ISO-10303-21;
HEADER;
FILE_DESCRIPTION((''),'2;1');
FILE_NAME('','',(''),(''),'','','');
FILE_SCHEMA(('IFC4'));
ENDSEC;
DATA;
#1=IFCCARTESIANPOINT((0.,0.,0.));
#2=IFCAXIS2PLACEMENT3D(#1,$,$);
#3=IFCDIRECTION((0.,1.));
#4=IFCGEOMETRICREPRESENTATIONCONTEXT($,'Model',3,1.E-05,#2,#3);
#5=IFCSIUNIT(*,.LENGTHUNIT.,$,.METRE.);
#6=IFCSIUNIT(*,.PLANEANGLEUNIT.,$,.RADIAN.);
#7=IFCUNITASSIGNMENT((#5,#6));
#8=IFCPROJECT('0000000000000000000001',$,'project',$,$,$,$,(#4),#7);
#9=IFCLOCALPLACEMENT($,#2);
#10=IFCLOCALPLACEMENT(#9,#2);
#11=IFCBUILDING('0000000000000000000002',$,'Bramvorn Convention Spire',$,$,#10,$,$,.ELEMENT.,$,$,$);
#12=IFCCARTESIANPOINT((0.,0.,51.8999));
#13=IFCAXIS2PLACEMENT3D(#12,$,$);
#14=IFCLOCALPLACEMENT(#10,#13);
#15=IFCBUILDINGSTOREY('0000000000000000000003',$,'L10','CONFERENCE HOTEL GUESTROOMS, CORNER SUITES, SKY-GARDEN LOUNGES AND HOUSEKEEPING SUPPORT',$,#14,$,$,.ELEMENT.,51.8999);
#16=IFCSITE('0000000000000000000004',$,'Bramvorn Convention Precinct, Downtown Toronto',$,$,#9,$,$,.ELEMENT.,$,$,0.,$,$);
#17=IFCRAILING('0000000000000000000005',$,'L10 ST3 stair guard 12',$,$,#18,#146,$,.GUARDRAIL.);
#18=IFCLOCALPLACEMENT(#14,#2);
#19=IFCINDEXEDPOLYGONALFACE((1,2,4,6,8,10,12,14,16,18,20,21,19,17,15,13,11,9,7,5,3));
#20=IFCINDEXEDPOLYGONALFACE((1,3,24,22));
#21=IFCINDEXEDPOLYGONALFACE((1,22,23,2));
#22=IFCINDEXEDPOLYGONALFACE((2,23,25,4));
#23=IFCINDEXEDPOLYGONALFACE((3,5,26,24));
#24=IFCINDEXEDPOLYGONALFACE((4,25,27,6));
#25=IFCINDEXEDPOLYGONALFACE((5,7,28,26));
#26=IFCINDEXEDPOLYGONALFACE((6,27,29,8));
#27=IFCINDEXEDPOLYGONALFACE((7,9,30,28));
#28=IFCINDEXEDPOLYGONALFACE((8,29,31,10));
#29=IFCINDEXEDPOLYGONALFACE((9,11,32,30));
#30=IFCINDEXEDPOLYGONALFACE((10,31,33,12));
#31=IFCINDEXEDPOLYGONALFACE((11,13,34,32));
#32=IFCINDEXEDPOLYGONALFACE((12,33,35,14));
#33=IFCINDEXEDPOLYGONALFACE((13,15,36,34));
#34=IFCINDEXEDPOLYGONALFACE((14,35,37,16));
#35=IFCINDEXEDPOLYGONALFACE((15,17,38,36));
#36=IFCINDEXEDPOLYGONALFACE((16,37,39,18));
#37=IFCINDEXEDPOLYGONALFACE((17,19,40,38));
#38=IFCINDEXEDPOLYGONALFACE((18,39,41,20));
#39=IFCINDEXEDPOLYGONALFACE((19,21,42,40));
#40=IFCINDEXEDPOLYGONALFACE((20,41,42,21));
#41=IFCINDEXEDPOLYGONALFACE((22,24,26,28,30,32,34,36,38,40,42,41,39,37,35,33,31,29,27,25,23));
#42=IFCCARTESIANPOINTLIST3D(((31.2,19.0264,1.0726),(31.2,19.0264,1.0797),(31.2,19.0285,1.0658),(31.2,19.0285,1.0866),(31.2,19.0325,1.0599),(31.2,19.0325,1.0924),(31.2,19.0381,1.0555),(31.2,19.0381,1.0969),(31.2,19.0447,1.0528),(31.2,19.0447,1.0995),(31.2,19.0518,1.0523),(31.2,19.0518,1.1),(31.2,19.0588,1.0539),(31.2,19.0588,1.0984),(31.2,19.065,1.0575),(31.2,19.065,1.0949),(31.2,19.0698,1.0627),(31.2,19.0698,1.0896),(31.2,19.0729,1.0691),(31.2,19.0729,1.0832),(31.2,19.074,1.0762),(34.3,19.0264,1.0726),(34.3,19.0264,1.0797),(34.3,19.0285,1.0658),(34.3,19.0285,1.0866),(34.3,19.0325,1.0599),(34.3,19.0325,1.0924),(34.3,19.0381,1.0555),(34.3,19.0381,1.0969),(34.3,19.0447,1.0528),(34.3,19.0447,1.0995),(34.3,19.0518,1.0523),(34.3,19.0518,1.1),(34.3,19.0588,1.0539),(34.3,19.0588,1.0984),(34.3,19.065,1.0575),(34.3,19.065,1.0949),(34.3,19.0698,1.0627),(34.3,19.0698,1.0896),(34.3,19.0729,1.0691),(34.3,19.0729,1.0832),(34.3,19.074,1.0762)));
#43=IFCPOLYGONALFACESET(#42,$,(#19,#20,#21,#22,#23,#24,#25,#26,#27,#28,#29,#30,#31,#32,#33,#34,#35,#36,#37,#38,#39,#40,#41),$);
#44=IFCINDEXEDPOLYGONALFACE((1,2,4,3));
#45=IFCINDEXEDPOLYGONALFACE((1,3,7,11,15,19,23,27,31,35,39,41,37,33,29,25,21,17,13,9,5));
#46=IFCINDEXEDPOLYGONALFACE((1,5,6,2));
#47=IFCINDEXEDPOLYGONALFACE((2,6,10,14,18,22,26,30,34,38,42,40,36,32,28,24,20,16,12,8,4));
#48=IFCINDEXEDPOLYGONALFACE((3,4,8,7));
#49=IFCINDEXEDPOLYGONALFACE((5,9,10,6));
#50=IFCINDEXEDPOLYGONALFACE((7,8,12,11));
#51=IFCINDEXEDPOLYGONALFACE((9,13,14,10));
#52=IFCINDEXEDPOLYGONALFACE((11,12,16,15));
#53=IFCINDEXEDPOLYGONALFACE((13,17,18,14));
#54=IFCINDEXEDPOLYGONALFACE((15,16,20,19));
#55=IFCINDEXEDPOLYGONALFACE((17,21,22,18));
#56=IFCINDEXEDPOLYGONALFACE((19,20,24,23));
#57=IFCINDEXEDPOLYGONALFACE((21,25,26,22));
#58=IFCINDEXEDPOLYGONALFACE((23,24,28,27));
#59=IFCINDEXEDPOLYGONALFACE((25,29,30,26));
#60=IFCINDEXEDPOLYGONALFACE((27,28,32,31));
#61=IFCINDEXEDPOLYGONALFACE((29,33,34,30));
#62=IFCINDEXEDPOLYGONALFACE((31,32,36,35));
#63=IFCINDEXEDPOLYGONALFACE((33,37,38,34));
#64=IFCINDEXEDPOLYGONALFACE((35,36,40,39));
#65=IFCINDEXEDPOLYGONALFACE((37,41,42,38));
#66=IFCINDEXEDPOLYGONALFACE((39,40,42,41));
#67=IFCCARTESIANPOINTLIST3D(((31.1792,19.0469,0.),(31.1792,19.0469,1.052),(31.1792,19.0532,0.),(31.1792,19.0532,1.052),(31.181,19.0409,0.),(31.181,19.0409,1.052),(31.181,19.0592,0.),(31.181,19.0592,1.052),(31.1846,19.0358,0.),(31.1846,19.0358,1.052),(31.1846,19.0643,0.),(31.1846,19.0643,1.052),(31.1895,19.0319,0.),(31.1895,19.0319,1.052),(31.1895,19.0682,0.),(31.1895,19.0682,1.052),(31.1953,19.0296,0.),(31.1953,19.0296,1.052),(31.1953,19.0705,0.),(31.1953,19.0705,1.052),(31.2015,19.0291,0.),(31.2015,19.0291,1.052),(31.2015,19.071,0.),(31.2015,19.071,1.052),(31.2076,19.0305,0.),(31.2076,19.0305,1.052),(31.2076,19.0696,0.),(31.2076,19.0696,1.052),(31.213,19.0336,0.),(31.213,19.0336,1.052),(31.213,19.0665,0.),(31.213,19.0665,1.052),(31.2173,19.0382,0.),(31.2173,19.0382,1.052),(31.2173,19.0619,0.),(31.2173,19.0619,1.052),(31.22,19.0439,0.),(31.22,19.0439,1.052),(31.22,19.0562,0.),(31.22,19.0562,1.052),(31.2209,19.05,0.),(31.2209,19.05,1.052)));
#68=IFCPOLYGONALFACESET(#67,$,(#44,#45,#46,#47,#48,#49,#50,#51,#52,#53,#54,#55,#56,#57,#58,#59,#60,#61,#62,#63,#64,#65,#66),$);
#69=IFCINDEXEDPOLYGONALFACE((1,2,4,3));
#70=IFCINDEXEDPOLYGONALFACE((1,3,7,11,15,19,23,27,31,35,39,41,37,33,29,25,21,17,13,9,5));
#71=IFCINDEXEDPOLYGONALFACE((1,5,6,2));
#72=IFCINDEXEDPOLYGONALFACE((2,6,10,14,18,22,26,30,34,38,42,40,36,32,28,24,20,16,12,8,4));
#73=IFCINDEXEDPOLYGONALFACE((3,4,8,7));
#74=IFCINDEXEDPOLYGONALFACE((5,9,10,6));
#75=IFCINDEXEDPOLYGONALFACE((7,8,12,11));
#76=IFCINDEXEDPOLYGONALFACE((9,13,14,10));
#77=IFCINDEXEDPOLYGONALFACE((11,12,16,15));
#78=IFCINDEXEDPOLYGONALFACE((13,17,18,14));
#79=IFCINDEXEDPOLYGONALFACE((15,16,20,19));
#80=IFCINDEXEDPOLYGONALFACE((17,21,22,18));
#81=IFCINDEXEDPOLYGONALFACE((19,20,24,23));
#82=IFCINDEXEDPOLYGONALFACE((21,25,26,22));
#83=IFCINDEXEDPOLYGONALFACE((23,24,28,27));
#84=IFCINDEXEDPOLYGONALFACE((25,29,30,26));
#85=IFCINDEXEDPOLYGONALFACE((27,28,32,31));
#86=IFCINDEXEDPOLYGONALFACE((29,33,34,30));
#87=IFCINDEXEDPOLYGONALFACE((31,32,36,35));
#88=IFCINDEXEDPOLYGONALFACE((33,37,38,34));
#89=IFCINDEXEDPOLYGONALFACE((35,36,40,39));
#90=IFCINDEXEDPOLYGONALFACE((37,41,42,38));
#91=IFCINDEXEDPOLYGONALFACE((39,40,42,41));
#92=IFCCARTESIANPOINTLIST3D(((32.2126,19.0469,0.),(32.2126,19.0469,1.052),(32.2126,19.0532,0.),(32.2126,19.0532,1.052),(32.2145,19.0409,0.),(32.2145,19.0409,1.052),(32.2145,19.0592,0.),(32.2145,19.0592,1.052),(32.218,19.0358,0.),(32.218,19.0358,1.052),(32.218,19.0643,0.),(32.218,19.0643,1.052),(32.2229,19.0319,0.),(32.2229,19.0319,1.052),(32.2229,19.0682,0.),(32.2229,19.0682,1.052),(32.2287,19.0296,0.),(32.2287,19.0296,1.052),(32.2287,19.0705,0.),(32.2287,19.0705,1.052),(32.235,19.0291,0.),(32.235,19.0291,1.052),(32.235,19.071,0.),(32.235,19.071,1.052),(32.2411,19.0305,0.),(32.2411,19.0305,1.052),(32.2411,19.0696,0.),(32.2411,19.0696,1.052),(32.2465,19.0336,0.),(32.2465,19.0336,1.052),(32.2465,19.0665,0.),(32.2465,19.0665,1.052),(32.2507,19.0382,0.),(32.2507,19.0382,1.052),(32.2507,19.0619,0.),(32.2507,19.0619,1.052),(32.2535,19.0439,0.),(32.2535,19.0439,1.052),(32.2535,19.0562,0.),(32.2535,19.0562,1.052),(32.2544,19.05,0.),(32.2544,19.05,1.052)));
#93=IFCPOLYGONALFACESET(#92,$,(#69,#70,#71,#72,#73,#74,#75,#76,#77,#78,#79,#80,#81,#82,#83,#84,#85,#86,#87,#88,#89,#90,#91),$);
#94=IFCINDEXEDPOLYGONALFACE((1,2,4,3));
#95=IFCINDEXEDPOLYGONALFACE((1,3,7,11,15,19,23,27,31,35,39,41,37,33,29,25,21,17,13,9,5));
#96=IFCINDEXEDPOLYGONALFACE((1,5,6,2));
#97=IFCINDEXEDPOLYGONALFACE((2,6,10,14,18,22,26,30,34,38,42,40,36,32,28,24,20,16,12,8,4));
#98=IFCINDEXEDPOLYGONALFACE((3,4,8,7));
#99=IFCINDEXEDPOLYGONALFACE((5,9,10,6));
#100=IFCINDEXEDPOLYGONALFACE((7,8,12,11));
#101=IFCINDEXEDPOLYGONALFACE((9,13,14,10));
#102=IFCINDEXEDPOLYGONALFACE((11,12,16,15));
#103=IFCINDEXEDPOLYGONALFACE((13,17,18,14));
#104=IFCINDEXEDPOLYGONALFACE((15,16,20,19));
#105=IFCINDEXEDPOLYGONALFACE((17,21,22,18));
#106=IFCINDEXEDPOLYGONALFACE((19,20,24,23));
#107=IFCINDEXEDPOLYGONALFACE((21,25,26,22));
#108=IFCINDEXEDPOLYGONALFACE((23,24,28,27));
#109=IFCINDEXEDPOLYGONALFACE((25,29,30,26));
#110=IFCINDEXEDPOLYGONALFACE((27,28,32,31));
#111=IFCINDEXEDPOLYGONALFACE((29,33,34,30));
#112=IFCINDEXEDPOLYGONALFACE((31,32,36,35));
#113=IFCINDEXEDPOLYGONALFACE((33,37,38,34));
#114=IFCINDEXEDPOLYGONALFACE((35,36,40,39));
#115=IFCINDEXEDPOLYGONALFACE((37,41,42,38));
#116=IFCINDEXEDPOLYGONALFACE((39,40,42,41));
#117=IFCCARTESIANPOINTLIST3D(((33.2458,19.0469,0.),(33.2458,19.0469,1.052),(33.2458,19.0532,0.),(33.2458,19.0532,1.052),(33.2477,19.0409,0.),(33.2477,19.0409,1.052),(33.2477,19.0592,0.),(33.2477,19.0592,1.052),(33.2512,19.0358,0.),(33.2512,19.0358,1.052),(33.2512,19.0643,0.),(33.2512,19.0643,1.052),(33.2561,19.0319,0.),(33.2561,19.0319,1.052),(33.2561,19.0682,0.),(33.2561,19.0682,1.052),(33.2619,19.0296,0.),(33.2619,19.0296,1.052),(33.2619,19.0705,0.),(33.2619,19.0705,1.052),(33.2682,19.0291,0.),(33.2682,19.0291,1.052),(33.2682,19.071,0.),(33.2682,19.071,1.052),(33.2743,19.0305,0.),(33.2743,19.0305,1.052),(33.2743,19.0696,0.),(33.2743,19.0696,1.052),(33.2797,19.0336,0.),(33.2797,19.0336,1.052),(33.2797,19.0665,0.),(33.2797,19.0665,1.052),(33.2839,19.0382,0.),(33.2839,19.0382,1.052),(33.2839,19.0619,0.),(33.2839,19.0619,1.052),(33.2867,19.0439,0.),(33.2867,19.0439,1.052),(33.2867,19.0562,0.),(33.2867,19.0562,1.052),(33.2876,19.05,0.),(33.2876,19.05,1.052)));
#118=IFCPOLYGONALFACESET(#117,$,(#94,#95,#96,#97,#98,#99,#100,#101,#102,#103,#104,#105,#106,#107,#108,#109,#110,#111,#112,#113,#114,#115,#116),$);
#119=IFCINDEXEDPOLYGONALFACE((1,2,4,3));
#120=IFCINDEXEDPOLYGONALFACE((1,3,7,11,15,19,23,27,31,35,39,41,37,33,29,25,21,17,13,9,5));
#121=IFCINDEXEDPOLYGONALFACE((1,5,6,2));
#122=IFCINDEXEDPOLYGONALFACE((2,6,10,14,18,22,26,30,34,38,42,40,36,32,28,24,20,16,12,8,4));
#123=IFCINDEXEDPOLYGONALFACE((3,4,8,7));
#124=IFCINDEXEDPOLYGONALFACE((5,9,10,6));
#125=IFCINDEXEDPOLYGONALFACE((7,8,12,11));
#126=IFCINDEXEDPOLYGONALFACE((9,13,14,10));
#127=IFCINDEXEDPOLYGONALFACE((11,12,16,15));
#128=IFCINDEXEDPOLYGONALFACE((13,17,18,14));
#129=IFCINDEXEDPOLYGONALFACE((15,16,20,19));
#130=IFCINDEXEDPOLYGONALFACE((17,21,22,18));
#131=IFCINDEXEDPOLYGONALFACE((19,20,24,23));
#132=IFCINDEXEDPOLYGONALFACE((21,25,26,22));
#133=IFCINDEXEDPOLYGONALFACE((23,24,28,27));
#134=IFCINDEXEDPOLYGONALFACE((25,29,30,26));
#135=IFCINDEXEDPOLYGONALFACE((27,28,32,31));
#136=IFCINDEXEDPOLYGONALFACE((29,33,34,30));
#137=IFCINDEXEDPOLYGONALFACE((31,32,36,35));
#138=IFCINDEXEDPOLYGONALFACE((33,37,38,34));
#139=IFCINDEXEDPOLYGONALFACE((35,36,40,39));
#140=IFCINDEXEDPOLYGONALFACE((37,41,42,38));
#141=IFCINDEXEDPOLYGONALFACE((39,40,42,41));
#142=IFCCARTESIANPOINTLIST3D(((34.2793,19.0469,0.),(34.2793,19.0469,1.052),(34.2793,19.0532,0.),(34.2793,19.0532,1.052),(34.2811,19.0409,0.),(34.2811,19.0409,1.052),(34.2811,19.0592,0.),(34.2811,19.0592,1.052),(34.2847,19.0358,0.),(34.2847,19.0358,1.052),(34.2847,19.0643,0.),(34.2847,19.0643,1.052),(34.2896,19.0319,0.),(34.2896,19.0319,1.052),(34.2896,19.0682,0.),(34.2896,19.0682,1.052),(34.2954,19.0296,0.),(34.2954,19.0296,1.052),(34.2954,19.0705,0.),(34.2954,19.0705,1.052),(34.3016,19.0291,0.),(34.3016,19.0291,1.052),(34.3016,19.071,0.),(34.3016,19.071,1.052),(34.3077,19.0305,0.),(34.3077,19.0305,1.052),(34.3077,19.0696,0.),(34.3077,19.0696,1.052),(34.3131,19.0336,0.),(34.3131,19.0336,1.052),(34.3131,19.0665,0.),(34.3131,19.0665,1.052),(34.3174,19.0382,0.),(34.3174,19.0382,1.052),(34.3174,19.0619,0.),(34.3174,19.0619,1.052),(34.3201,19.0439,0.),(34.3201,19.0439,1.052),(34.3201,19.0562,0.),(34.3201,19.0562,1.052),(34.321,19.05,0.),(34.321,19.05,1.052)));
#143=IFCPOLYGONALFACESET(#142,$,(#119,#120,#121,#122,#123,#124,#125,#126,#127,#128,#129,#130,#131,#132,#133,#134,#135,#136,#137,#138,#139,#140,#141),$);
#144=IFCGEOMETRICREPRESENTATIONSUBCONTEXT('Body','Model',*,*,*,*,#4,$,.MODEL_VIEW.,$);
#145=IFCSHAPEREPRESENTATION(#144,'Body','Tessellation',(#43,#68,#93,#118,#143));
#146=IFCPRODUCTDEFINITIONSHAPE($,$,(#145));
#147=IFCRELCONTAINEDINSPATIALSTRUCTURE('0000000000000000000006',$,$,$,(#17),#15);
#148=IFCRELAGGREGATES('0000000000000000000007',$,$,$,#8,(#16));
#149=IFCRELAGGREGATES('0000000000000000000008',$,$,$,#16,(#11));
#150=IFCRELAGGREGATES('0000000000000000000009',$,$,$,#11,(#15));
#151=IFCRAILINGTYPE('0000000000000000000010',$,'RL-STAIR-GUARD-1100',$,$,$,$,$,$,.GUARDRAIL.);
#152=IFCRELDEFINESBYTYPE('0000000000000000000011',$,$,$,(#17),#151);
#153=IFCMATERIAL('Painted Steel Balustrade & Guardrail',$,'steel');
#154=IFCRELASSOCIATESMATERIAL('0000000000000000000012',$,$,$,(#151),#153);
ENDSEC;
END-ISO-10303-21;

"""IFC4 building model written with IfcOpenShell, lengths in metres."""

from ifc_helpers import new_model, si_unit, direction, frame, origin, origin_2d, place, context, subcontext, project, spatial, circle, extrude, material, type_object, element, save


model = new_model("IFC4")

# Units and contexts
model_context = context("Model", 3, precision=1e-05, world=origin(), true_north=direction((0.0, 1.0)))
body_context = subcontext(model_context, "Body", "Model", "MODEL_VIEW")
ifc_project = project(units=[si_unit("LENGTHUNIT", "METRE"), si_unit("PLANEANGLEUNIT", "RADIAN")], contexts=[model_context])

# Site, building, storey
site_placement = place(None, origin())
site = spatial("IfcSite", under=ifc_project, at=site_placement, Name="Bramvorn Convention Precinct, Downtown Toronto", CompositionType="ELEMENT", RefElevation=0.0)
building_placement = place(site_placement, origin())
building = spatial("IfcBuilding", under=site, at=building_placement, Name="Bramvorn Convention Spire", CompositionType="ELEMENT")
storey_placement = place(building_placement, frame((0.0, 0.0, 51.8999)))
storey = spatial("IfcBuildingStorey", under=building, at=storey_placement, Name="L10", Description="CONFERENCE HOTEL GUESTROOMS, CORNER SUITES, SKY-GARDEN LOUNGES AND HOUSEKEEPING SUPPORT", CompositionType="ELEMENT", Elevation=51.8999)

# Railing
ifc_material_1 = material(Name="Painted Steel Balustrade & Guardrail", Category="steel")
railing_type = type_object("IfcRailingType", Name="RL-STAIR-GUARD-1100", PredefinedType="GUARDRAIL", material=ifc_material_1)
railing_1_placement = place(storey_placement, frame((31.2, 19.05, 0.0)))
element("IfcRailing", 1, at=railing_1_placement, inside=storey, type_object=railing_type, Name="L10 ST3 stair guard 12", PredefinedType="GUARDRAIL", context=body_context, shape_type="SweptSolid", body=[
    extrude(circle(Radius=0.0239, at=origin_2d()), frame((0.0, 0.0, 1.0762), z_axis=(1.0, 0.0, 0.0), x_axis=(0.0, 1.0, 0.0)), (0.0, 0.0, 1.0), 3.1001),
    extrude(circle(Radius=0.021, at=origin_2d()), origin(), (0.0, 0.0, 1.0), 1.052),
    extrude(circle(Radius=0.021, at=origin_2d()), frame((1.0334, 0.0, 0.0)), (0.0, 0.0, 1.0), 1.052),
    extrude(circle(Radius=0.021, at=origin_2d()), frame((2.0667, 0.0, 0.0)), (0.0, 0.0, 1.0), 1.052),
    extrude(circle(Radius=0.021, at=origin_2d()), frame((3.1001, 0.0, 0.0)), (0.0, 0.0, 1.0), 1.052),
])

save(model, "model.ifc")
